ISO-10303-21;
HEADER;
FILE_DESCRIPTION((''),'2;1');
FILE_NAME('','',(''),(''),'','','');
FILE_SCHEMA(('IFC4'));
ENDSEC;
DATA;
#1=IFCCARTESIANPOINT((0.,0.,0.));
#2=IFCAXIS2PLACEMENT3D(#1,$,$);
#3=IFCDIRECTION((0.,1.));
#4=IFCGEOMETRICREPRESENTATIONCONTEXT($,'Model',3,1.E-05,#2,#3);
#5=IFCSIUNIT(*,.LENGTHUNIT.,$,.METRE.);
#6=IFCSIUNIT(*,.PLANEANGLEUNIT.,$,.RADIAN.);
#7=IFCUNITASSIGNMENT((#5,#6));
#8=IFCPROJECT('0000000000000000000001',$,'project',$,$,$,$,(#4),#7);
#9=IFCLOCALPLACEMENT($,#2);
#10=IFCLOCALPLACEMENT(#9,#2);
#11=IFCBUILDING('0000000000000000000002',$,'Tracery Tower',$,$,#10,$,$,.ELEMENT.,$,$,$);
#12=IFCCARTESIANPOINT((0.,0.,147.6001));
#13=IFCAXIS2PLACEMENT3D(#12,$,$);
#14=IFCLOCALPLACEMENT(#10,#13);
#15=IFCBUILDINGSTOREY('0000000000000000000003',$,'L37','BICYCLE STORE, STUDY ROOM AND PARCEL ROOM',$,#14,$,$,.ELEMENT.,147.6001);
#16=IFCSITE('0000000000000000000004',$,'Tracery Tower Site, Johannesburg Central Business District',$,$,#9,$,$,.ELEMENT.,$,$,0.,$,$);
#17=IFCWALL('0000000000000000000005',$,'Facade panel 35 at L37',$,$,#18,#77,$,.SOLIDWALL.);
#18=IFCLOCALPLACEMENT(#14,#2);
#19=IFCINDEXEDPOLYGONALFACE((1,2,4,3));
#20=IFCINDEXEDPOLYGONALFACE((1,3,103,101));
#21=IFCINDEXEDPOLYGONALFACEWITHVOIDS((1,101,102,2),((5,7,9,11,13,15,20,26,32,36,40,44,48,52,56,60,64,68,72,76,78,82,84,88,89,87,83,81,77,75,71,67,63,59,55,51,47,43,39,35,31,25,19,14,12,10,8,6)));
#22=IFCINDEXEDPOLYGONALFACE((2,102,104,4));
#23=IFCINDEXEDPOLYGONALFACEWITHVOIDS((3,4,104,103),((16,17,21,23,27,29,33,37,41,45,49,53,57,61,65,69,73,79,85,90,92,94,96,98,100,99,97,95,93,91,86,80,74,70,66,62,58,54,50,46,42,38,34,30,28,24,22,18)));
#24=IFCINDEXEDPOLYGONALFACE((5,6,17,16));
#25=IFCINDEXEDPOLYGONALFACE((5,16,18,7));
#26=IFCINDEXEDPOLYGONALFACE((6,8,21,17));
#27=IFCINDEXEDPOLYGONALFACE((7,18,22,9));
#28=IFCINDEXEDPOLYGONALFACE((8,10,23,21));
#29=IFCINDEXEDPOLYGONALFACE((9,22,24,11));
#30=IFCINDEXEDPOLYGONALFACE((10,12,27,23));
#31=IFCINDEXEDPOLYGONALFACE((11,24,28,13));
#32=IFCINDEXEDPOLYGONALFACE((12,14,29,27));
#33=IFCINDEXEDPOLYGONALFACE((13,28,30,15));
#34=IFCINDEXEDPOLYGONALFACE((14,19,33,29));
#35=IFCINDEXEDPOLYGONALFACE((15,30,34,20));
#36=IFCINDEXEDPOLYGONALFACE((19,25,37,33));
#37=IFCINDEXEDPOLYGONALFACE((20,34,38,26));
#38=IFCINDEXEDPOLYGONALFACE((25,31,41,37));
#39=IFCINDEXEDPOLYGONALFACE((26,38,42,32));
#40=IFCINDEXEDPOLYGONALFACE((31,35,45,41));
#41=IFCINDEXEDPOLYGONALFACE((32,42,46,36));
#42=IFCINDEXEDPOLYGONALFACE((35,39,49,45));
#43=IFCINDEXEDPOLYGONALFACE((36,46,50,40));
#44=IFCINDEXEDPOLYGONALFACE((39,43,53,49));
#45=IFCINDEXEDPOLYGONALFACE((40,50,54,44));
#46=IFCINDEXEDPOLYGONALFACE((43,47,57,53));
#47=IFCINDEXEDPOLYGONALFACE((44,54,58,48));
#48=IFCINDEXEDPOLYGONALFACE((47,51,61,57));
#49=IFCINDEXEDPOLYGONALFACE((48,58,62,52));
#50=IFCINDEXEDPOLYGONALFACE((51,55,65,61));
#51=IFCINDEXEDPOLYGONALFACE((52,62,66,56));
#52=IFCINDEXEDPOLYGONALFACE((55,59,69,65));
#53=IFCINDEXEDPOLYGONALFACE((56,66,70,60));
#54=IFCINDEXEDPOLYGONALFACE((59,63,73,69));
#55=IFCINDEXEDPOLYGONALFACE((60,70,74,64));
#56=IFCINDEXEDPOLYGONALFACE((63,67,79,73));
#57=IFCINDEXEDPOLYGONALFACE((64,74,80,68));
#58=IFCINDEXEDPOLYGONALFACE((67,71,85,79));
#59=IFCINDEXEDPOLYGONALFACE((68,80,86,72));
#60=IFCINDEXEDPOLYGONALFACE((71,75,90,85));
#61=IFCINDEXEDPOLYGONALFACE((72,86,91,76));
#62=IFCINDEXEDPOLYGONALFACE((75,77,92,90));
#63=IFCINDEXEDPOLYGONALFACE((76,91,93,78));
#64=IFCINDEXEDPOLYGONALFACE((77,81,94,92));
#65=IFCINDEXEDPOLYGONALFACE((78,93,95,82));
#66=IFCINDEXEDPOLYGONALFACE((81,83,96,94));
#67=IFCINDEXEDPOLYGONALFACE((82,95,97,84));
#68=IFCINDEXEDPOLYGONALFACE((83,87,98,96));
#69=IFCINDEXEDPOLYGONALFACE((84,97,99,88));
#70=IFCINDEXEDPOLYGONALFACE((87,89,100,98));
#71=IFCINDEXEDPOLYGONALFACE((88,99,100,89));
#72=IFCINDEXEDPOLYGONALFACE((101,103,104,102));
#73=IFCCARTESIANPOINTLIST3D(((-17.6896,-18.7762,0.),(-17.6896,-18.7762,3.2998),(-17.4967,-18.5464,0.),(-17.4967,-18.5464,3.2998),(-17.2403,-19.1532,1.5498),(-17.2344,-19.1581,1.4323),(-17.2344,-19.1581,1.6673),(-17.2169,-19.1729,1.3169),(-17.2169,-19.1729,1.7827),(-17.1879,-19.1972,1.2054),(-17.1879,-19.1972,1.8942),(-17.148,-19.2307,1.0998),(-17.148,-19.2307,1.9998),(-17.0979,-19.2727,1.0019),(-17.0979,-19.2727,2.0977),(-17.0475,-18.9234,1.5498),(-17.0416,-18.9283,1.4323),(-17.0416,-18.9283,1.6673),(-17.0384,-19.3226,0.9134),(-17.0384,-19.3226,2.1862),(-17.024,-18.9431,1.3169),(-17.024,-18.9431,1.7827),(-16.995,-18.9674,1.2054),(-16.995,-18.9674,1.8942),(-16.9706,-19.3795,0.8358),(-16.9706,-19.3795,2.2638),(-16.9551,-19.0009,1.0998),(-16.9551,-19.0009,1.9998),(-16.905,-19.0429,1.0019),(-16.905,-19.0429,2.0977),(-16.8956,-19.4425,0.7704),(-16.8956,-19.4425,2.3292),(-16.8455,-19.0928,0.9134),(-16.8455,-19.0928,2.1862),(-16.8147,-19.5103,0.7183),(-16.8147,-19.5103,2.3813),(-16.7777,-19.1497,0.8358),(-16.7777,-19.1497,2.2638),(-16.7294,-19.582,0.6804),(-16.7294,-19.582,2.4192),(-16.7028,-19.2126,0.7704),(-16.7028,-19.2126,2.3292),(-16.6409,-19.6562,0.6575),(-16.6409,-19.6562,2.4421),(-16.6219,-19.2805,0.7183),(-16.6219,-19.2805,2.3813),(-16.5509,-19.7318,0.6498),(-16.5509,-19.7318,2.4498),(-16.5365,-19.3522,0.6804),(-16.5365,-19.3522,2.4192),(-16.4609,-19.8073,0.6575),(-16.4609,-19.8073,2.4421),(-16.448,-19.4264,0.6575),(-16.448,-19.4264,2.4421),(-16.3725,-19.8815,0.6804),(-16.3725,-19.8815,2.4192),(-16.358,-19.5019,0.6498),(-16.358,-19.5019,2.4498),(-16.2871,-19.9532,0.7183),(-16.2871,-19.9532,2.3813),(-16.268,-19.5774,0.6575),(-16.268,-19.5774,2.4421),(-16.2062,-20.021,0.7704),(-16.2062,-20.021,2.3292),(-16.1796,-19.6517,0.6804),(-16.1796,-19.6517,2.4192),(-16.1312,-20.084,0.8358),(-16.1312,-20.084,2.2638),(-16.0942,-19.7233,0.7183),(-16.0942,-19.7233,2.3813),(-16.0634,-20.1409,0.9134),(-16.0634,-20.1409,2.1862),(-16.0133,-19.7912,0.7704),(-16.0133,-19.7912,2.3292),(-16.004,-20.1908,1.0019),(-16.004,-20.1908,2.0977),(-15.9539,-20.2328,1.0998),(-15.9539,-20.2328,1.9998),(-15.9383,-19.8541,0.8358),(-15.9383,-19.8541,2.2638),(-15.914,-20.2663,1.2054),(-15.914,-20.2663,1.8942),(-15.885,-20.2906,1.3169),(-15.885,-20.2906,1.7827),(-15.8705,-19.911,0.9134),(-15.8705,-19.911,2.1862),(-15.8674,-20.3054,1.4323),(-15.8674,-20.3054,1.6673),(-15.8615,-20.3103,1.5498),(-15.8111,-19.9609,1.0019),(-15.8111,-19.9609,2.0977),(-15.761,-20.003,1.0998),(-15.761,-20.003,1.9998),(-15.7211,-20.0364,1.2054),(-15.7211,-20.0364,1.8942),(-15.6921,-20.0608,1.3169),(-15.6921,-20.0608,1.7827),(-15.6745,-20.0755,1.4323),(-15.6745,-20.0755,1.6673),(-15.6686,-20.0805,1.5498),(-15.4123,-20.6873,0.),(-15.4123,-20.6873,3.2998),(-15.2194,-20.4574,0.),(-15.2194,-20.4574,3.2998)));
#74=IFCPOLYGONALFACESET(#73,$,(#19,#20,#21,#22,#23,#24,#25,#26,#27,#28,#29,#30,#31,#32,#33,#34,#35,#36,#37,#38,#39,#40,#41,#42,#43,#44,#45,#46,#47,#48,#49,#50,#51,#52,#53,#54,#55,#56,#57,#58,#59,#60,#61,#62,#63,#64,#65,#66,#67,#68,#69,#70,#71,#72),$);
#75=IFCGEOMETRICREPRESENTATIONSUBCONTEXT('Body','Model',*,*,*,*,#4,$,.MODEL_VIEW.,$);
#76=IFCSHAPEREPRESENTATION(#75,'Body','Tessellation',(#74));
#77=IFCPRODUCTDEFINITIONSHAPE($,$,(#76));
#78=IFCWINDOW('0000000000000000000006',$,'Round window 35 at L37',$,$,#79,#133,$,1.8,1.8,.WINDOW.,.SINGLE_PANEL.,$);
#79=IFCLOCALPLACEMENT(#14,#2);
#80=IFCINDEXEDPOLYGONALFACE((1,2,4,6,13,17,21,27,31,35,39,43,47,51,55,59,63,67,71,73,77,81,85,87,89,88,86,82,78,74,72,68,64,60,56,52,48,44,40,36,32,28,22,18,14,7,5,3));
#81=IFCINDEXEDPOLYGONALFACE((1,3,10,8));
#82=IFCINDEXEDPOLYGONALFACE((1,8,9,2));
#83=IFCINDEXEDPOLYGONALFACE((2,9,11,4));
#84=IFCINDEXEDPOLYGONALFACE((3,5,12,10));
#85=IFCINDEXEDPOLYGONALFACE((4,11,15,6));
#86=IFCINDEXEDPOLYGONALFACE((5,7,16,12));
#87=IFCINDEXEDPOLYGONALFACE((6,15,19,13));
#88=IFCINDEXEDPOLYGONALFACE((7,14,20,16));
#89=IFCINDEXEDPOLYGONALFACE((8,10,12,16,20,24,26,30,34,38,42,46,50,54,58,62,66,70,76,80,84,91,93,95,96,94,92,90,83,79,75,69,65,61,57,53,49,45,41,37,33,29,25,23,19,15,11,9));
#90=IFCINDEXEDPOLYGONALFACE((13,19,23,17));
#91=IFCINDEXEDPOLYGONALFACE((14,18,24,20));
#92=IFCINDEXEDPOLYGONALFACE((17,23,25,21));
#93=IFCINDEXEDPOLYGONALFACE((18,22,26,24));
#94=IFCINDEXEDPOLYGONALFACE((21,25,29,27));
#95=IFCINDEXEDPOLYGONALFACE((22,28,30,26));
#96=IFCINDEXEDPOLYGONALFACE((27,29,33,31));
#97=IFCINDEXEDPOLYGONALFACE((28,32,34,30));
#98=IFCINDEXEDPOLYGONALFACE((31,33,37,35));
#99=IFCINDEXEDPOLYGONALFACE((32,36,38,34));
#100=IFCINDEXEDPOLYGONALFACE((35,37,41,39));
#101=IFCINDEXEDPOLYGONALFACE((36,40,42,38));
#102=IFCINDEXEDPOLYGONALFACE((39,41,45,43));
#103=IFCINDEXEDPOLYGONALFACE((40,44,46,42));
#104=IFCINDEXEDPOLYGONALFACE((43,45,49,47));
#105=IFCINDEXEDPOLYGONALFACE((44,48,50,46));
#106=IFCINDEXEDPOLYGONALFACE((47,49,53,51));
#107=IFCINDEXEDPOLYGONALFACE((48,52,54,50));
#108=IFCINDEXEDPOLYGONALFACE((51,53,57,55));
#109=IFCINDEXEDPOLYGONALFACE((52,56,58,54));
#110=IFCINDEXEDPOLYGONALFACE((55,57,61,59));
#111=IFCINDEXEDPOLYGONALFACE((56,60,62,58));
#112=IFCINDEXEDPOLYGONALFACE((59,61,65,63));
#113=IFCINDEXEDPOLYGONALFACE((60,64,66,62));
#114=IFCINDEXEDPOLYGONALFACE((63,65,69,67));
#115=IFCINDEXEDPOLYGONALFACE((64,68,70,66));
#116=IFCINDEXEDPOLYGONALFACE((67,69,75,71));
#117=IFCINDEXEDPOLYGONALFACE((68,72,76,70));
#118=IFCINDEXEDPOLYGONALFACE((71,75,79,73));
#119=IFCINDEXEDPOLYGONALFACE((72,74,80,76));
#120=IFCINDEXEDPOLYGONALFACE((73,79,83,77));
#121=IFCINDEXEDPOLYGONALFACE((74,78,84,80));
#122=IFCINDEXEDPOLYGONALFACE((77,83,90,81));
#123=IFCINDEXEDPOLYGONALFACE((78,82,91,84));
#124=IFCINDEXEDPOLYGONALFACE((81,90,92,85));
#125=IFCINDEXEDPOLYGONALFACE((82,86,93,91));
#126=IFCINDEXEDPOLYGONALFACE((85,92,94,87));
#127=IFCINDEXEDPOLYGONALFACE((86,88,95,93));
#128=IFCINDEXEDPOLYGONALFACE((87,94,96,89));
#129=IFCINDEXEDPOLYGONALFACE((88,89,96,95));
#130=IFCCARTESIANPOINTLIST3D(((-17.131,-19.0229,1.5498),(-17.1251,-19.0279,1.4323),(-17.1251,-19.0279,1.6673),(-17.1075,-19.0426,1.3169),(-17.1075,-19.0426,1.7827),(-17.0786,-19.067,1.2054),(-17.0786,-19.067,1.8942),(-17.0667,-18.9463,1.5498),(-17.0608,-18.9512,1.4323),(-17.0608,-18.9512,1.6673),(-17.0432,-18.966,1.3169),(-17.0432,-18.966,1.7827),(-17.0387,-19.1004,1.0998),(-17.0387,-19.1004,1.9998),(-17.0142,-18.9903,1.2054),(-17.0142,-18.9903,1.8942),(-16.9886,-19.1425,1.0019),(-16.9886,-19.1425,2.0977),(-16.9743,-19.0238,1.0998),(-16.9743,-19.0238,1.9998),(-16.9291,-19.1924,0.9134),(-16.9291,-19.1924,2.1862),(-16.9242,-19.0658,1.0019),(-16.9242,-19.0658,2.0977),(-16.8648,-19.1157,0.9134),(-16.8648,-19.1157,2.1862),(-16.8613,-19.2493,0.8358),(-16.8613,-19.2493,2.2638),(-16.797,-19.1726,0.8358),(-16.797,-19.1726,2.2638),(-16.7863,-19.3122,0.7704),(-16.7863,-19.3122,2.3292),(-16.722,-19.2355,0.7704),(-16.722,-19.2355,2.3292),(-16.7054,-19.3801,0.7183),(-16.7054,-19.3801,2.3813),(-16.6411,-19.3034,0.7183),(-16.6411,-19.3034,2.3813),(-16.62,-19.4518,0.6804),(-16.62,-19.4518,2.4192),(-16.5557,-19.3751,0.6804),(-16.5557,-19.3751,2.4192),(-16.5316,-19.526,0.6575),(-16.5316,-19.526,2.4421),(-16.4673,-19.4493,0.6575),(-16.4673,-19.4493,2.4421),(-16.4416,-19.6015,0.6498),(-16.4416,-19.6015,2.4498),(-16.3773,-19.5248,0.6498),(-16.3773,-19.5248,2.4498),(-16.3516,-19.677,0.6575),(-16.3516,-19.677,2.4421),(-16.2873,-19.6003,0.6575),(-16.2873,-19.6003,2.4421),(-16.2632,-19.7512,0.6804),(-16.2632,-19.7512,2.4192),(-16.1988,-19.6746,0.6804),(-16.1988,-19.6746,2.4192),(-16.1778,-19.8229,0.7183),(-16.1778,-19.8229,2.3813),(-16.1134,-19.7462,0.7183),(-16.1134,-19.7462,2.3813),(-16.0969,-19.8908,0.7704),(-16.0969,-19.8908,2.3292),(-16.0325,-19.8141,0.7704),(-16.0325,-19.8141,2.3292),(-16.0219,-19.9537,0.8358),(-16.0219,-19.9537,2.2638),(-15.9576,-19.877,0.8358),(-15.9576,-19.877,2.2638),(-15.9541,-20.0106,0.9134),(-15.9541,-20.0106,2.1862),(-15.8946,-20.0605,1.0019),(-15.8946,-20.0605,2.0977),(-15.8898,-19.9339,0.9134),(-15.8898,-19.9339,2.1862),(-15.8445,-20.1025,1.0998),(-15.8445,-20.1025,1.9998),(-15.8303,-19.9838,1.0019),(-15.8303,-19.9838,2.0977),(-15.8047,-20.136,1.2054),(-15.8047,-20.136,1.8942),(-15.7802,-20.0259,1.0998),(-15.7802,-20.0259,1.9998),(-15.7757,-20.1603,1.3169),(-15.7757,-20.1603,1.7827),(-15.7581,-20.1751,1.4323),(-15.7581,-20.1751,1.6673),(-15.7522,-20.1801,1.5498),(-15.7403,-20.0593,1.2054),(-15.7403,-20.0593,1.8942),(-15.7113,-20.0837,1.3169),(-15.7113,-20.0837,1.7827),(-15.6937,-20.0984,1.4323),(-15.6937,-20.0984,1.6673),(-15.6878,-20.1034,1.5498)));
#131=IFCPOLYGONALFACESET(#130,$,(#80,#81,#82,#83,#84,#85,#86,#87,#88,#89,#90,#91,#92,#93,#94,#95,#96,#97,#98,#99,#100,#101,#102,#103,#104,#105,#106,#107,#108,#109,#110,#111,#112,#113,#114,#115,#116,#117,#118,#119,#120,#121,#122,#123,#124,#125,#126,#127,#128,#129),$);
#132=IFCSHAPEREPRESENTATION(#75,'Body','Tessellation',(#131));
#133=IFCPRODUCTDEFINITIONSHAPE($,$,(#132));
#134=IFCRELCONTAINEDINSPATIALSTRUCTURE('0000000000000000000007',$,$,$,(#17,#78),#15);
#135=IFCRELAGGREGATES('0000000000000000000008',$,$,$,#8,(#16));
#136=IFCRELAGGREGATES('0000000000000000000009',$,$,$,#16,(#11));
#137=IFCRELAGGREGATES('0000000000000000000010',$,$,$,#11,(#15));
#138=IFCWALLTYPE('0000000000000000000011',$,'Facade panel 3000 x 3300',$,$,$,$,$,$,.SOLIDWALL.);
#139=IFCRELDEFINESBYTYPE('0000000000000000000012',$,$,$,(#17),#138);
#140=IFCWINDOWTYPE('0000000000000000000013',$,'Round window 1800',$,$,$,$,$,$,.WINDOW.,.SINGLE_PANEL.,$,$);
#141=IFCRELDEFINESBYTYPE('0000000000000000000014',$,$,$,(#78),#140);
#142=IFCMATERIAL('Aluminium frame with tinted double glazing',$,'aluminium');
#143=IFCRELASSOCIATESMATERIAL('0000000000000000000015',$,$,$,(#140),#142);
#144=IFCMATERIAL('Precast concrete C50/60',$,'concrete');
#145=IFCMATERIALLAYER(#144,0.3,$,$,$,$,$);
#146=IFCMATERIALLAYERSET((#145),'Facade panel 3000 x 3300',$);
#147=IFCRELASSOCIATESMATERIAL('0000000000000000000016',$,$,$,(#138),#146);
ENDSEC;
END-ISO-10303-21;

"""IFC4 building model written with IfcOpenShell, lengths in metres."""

from ifc_helpers import new_model, si_unit, direction, frame, frame_2d, origin, origin_2d, place, context, subcontext, project, spatial, rectangle, circle, extrude, material, layer, layer_set, type_object, element, fill, save


model = new_model("IFC4")

# Units and contexts
model_context = context("Model", 3, precision=1e-05, world=origin(), true_north=direction((0.0, 1.0)))
body_context = subcontext(model_context, "Body", "Model", "MODEL_VIEW")
ifc_project = project(units=[si_unit("LENGTHUNIT", "METRE"), si_unit("PLANEANGLEUNIT", "RADIAN")], contexts=[model_context])

# Site, building, storey
site_placement = place(None, origin())
site = spatial("IfcSite", under=ifc_project, at=site_placement, Name="Tracery Tower Site, Johannesburg Central Business District", CompositionType="ELEMENT", RefElevation=0.0)
building_placement = place(site_placement, origin())
building = spatial("IfcBuilding", under=site, at=building_placement, Name="Tracery Tower", CompositionType="ELEMENT")
storey_placement = place(building_placement, frame((0.0, 0.0, 147.6001)))
storey = spatial("IfcBuildingStorey", under=building, at=storey_placement, Name="L37", Description="BICYCLE STORE, STUDY ROOM AND PARCEL ROOM", CompositionType="ELEMENT", Elevation=147.6001)

# Wall, opening, window
ifc_material_1 = material(Name="Aluminium frame with tinted double glazing", Category="aluminium")
window_type = type_object("IfcWindowType", Name="Round window 1800", PartitioningType="SINGLE_PANEL", PredefinedType="WINDOW", material=ifc_material_1)
ifc_material_2 = material(Name="Precast concrete C50/60", Category="concrete")
ifc_layer_1 = layer(ifc_material_2, 0.3)
ifc_layer_set_1 = layer_set([ifc_layer_1], Name="Facade panel 3000 x 3300")
wall_type_1 = type_object("IfcWallType", Name="Facade panel 3000 x 3300", PredefinedType="SOLIDWALL", material=ifc_layer_set_1)
wall_1_placement = place(storey_placement, frame((-17.593, -18.6614, 0.0), z_axis=(0.0, 0.0, 1.0), x_axis=(0.766009, -0.64283, 0.0)))
wall_1 = element("IfcWall", 1, at=wall_1_placement, inside=storey, type_object=wall_type_1, Name="Facade panel 35 at L37", PredefinedType="SOLIDWALL", context=body_context, shape_type="SweptSolid", body=[
    extrude(rectangle(XDim=2.9729, YDim=0.3, at=frame_2d((1.4863, 0.0))), origin(), (0.0, 0.0, 1.0), 3.2998),
])
opening_1_placement = place(wall_1_placement, frame((1.4863, 0.0, 1.5498)))
opening_1 = element("IfcOpeningElement", 2, at=opening_1_placement, cuts=wall_1, PredefinedType="OPENING", context=body_context, shape_type="SweptSolid", body=[
    extrude(circle(Radius=0.9, at=origin_2d()), frame((0.0, 0.1599, 0.0), z_axis=(0.0, -1.0, 0.0), x_axis=(1.0, 0.0, 0.0)), (0.0, 0.0, 1.0), 0.3201),
])
window_1_placement = place(opening_1_placement, origin())
window_1 = element("IfcWindow", 3, at=window_1_placement, inside=storey, type_object=window_type, Name="Round window 35 at L37", OverallHeight=1.8, OverallWidth=1.8, PartitioningType="SINGLE_PANEL", PredefinedType="WINDOW", context=body_context, shape_type="SweptSolid", body=[
    extrude(circle(Radius=0.9, at=origin_2d()), frame((0.0, 0.1201, 0.0), z_axis=(0.0, -1.0, 0.0), x_axis=(1.0, 0.0, 0.0)), (0.0, 0.0, 1.0), 0.1001),
])
fill(opening_1, window_1)

save(model, "model.ifc")
